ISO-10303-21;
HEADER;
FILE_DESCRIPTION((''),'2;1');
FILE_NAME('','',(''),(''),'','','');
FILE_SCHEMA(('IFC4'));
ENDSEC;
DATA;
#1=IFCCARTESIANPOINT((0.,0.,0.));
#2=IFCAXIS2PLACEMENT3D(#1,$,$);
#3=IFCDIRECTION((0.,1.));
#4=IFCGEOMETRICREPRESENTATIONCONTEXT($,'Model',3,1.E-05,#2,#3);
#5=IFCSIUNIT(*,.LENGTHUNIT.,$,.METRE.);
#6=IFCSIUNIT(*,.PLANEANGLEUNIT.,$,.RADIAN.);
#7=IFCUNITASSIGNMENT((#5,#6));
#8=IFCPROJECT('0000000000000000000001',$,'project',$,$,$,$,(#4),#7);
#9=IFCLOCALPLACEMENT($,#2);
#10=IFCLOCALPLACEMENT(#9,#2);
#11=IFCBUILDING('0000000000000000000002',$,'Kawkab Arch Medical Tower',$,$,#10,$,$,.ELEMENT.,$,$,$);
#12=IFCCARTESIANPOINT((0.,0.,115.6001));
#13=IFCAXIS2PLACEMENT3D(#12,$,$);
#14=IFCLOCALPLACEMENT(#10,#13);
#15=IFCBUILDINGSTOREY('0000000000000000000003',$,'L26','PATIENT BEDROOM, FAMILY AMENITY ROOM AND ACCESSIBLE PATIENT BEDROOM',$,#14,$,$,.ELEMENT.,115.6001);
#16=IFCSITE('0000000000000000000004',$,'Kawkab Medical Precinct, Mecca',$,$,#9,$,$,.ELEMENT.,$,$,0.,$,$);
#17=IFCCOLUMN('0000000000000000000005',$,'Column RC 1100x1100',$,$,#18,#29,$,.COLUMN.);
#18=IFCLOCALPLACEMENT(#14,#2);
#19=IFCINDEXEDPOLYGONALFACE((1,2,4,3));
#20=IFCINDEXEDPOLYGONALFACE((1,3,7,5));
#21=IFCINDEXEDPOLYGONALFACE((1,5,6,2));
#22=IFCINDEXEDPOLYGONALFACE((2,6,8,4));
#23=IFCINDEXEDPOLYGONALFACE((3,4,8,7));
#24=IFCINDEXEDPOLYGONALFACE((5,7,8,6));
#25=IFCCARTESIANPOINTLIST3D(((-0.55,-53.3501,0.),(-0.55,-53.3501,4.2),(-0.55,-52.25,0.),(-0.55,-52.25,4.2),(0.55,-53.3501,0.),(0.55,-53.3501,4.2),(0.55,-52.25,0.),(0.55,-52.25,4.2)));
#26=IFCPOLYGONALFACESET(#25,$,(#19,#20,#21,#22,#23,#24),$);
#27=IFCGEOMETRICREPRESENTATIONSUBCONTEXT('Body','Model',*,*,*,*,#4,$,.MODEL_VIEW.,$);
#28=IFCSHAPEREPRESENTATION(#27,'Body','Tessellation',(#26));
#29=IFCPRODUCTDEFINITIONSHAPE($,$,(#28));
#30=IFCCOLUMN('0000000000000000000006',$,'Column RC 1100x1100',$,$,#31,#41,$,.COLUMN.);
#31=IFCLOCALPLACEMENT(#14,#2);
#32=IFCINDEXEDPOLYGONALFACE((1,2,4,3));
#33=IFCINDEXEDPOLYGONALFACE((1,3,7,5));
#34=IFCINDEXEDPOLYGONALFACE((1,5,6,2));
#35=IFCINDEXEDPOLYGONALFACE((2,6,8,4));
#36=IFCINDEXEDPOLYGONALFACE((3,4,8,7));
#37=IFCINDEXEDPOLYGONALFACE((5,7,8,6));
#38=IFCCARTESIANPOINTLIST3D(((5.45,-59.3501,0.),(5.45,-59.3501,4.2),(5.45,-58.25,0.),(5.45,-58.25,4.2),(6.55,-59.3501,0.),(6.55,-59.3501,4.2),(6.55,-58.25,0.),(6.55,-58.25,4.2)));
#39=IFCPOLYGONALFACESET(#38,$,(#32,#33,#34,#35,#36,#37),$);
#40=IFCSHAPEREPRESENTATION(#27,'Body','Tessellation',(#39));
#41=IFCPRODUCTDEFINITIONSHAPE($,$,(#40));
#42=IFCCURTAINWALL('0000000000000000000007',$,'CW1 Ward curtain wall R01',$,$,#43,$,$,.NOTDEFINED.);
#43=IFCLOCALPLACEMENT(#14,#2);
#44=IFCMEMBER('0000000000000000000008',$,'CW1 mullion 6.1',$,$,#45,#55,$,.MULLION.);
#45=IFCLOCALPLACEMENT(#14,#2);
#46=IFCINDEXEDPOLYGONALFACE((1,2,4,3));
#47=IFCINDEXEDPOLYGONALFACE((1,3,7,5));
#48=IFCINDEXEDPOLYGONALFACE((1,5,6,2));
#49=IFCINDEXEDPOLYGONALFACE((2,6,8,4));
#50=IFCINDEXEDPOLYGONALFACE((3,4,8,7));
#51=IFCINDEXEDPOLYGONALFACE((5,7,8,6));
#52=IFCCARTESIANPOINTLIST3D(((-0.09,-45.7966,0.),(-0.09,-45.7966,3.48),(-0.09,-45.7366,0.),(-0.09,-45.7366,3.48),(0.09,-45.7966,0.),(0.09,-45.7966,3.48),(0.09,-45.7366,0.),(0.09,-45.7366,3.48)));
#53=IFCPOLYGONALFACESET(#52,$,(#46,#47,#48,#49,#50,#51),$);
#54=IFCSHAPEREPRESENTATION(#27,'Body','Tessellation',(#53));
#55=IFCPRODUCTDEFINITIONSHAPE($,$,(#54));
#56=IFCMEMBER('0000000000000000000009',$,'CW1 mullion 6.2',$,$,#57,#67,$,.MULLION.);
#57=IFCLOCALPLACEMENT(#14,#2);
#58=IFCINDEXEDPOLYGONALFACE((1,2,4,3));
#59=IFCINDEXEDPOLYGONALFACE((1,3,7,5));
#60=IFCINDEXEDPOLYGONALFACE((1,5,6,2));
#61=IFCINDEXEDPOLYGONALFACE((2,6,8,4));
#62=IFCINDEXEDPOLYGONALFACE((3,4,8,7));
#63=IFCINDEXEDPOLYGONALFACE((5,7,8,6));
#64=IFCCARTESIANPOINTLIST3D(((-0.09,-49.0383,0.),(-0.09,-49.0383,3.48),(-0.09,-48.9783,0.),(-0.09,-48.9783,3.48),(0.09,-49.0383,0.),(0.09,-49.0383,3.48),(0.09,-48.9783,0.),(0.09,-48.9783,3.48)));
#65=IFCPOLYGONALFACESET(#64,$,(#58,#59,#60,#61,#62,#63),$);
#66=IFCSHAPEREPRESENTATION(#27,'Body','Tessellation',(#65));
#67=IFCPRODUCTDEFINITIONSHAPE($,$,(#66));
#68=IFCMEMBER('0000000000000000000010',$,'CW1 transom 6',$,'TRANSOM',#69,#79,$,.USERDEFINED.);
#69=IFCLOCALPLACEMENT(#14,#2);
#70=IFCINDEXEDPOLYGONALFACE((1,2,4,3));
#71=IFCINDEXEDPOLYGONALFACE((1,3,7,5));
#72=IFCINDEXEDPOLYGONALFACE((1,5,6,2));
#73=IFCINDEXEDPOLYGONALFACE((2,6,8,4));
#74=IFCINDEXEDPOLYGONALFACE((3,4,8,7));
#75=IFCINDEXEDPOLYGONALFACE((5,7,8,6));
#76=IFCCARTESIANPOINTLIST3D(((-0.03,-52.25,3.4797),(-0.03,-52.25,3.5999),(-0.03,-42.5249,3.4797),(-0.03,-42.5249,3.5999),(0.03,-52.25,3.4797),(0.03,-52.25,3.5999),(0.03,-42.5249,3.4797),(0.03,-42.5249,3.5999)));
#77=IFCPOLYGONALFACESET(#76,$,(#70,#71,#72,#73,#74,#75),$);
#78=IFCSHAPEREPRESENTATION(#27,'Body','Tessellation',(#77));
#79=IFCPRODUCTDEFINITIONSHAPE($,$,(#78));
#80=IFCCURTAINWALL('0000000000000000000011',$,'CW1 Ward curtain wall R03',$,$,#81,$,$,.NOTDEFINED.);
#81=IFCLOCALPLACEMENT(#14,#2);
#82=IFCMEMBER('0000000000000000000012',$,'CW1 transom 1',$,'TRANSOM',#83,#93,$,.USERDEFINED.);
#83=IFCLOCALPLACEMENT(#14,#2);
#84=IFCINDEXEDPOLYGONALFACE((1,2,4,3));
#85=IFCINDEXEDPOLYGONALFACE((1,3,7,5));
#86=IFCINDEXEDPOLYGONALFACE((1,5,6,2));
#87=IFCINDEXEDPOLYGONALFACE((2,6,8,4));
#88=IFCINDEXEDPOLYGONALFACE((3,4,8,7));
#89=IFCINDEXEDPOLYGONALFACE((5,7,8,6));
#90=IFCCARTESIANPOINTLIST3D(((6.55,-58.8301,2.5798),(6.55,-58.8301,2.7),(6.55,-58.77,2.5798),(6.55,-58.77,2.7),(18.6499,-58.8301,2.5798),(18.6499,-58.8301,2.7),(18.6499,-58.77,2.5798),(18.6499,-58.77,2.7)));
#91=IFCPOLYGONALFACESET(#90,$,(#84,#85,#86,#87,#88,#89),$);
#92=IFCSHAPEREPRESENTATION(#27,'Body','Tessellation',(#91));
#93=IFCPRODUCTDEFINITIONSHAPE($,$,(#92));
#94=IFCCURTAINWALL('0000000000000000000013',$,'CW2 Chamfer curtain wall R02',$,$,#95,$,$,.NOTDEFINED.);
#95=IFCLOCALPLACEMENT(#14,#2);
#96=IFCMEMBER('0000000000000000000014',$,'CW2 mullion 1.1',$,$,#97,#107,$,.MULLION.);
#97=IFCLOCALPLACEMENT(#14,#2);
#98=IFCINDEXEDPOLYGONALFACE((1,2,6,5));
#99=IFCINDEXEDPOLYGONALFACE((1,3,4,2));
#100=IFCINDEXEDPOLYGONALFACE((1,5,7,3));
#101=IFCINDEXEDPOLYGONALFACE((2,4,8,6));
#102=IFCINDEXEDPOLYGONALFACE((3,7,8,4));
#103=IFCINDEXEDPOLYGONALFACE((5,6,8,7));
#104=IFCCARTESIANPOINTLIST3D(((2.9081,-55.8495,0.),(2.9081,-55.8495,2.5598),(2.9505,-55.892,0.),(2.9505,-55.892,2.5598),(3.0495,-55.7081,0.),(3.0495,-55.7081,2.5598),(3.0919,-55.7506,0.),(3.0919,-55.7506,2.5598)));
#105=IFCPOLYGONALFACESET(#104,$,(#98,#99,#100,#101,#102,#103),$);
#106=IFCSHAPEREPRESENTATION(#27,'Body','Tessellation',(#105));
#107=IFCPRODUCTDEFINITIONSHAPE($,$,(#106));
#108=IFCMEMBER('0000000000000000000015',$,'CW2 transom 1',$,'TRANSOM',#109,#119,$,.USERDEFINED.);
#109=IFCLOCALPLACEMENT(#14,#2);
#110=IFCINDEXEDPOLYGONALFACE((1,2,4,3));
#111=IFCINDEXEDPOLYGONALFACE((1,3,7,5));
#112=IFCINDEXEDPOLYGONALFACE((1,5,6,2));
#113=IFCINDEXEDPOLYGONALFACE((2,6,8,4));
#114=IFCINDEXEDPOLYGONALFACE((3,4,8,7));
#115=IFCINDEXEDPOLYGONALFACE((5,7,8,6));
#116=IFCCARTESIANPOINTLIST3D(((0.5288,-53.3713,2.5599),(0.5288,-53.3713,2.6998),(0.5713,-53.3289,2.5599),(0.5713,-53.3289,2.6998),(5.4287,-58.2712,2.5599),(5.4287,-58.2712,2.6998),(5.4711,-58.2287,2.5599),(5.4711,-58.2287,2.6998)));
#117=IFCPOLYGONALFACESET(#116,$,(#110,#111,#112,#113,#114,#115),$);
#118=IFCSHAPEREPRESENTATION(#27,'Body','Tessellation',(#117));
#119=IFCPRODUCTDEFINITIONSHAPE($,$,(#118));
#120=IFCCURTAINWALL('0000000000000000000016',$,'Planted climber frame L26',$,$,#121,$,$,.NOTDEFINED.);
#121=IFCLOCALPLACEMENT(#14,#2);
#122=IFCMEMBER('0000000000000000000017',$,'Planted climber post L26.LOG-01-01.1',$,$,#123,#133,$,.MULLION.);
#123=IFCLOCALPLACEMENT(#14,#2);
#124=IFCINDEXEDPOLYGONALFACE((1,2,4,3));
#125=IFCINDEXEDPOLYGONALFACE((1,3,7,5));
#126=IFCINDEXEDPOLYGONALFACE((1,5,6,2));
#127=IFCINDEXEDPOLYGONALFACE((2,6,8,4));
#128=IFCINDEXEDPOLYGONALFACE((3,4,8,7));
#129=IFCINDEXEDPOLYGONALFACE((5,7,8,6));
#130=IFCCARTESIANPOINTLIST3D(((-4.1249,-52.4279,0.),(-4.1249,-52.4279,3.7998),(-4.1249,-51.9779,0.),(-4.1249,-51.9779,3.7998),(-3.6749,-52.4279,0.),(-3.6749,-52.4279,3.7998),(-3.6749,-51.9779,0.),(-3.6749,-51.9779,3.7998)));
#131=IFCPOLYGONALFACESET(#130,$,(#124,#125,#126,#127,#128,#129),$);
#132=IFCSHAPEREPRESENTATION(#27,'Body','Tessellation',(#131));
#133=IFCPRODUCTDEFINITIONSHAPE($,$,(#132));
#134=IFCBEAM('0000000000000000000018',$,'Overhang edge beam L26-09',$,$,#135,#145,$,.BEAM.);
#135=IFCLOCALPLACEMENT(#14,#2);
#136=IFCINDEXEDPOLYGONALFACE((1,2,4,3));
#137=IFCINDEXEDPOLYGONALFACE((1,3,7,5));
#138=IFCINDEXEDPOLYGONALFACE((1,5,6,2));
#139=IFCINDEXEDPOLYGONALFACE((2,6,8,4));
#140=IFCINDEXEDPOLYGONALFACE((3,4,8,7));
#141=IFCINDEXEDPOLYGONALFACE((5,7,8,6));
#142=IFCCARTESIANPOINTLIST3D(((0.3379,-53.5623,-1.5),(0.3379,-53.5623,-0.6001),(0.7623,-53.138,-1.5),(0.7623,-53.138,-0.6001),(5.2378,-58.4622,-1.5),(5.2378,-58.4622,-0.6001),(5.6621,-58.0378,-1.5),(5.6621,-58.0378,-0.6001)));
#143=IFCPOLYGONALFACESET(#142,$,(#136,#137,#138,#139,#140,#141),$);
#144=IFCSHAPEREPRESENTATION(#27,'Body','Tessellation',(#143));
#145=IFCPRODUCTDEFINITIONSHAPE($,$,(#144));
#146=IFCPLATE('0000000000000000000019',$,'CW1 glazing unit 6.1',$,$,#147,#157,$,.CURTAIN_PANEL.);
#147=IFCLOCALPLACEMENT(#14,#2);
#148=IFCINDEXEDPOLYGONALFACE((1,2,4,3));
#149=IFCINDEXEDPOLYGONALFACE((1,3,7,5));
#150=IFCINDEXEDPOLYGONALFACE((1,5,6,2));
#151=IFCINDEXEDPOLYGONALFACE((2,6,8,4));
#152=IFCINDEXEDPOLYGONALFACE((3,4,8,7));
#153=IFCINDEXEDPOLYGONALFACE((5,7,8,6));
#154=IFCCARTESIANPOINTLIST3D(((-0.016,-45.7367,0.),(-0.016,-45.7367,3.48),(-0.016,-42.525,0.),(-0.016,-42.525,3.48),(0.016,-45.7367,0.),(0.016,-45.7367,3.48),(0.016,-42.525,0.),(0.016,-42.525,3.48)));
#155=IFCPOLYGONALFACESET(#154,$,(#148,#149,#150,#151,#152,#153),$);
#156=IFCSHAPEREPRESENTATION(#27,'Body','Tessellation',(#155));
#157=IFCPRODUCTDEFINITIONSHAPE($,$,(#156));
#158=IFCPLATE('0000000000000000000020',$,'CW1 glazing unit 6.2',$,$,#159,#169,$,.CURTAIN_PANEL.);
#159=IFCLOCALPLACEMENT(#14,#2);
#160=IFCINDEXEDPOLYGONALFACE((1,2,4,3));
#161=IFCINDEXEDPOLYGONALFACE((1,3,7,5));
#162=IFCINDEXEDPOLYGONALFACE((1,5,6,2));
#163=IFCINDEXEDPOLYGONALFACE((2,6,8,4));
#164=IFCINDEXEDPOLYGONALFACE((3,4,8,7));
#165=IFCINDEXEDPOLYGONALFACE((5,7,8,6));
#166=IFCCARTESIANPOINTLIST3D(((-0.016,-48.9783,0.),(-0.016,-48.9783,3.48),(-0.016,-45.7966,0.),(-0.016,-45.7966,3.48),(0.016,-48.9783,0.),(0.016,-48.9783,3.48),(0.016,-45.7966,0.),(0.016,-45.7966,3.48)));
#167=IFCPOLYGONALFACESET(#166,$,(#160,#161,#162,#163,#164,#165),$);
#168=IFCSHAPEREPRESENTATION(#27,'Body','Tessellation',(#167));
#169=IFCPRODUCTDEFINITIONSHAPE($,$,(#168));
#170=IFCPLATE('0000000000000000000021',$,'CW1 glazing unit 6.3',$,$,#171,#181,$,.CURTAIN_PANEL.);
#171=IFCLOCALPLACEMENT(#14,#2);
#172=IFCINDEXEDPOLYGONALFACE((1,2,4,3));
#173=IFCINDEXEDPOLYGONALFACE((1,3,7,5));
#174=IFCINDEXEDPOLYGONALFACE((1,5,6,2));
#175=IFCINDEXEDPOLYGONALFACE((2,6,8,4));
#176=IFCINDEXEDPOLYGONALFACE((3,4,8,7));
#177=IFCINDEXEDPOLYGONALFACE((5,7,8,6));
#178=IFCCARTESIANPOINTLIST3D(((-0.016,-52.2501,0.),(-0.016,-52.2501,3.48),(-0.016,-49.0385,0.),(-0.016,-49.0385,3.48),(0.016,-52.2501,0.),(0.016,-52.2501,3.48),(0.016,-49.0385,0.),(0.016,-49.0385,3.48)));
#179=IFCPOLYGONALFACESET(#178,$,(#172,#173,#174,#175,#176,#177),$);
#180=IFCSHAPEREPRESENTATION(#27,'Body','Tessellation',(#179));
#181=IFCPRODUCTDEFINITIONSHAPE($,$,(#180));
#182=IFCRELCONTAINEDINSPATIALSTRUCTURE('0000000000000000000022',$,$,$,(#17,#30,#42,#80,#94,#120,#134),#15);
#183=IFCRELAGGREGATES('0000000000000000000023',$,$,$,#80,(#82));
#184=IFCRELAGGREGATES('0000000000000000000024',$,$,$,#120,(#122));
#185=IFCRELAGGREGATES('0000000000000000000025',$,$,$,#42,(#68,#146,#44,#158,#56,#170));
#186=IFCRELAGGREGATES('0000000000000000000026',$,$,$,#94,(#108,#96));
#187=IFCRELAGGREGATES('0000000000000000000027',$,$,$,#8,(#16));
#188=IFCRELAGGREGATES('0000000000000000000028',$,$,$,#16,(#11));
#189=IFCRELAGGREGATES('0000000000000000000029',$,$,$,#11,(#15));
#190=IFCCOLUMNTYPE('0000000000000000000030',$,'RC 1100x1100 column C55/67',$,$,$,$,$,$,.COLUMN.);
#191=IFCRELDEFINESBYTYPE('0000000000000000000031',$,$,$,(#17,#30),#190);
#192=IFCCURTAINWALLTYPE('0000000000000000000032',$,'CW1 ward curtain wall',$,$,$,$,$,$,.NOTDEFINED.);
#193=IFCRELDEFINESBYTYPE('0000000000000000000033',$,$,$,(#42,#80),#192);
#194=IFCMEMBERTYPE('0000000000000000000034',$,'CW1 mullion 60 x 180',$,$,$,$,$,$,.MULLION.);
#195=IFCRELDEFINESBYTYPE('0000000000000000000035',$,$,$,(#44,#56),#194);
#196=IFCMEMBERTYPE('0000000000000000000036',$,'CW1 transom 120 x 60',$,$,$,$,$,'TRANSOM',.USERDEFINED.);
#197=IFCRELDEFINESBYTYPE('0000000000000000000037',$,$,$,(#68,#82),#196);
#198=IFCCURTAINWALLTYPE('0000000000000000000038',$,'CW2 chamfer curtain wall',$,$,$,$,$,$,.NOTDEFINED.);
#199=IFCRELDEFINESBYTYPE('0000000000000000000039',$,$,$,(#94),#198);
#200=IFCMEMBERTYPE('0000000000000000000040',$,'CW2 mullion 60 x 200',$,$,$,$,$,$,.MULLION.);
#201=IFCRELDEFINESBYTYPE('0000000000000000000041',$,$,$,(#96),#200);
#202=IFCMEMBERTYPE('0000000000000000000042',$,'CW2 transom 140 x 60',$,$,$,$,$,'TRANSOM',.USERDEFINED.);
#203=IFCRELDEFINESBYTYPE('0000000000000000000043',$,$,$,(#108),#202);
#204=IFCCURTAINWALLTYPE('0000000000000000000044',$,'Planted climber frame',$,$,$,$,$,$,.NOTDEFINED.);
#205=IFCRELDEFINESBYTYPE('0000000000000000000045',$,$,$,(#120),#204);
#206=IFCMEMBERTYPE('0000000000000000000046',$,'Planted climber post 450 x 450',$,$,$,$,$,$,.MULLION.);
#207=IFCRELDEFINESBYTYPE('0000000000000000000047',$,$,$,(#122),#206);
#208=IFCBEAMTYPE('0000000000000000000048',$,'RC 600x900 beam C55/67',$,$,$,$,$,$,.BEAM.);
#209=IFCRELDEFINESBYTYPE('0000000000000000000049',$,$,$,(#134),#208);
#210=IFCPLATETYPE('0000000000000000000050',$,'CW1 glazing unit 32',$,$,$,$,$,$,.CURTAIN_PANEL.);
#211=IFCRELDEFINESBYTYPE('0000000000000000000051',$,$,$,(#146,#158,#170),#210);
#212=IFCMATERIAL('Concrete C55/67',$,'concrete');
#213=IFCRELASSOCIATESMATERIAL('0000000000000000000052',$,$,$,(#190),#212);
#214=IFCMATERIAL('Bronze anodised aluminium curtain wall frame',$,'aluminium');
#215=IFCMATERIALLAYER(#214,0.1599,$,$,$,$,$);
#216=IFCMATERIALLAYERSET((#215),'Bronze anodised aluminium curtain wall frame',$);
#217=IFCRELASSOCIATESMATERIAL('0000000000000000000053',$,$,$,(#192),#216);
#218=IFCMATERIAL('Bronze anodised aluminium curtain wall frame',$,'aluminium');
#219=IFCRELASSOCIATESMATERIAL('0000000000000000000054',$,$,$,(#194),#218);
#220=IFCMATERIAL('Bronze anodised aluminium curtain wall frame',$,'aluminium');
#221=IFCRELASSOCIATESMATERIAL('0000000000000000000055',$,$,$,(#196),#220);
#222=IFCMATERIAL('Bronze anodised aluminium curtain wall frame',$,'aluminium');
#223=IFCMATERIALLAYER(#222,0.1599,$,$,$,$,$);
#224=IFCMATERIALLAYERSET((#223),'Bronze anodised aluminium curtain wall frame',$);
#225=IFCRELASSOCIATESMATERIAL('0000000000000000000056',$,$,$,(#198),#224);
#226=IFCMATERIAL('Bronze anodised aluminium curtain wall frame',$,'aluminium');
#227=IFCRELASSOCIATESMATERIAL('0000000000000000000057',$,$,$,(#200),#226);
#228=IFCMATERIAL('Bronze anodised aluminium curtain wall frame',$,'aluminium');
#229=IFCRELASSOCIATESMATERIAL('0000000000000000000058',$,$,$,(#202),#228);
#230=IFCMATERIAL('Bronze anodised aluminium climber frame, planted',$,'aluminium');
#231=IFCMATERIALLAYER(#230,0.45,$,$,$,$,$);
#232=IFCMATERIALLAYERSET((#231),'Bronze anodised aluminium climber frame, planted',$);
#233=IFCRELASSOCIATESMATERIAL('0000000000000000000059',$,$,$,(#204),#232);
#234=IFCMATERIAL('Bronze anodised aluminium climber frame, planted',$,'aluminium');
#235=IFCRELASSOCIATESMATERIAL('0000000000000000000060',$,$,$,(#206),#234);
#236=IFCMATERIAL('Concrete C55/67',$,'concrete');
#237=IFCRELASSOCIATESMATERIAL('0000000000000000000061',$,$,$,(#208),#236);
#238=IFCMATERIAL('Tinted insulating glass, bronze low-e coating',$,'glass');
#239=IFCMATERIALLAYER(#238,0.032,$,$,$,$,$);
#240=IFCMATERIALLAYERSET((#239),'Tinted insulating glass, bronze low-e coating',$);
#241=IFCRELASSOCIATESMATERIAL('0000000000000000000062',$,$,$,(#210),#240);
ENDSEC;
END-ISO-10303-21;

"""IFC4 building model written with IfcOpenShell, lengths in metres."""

from ifc_helpers import new_model, si_unit, direction, frame, origin, origin_2d, place, context, subcontext, project, spatial, rectangle, extrude, material, layer, layer_set, material_profile, profile_set, type_object, element, aggregate, save


model = new_model("IFC4")

# Units and contexts
model_context = context("Model", 3, precision=1e-05, world=origin(), true_north=direction((0.0, 1.0)))
body_context = subcontext(model_context, "Body", "Model", "MODEL_VIEW")
ifc_project = project(units=[si_unit("LENGTHUNIT", "METRE"), si_unit("PLANEANGLEUNIT", "RADIAN")], contexts=[model_context])

# Site, building, storey
site_placement = place(None, origin())
site = spatial("IfcSite", under=ifc_project, at=site_placement, Name="Kawkab Medical Precinct, Mecca", CompositionType="ELEMENT", RefElevation=0.0)
building_placement = place(site_placement, origin())
building = spatial("IfcBuilding", under=site, at=building_placement, Name="Kawkab Arch Medical Tower", CompositionType="ELEMENT")
storey_placement = place(building_placement, frame((0.0, 0.0, 115.6001)))
storey = spatial("IfcBuildingStorey", under=building, at=storey_placement, Name="L26", Description="PATIENT BEDROOM, FAMILY AMENITY ROOM AND ACCESSIBLE PATIENT BEDROOM", CompositionType="ELEMENT", Elevation=115.6001)

# Columns
ifc_material_1 = material(Name="Concrete C55/67", Category="concrete")
ifc_material_profile_1 = material_profile(ifc_material_1, rectangle(XDim=1.1001, YDim=1.1001, at=origin_2d()), Name="RC 1100x1100")
ifc_profile_set_1 = profile_set([ifc_material_profile_1], Name="Concrete C55/67")
column_type = type_object("IfcColumnType", Name="RC 1100x1100 column C55/67", PredefinedType="COLUMN", material=ifc_profile_set_1)
for number, where, z_axis, x_axis, name in (
    (1, (0.0, -52.8, 0.0), (0.0, 0.0, 1.0), (1.0, 0.0, 0.0), "Column RC 1100x1100"),
    (2, (6.0, -58.8, 0.0), (0.0, 0.0, 1.0), (1.0, 0.0, 0.0), "Column RC 1100x1100"),
):
    element("IfcColumn", number, at=place(storey_placement, frame(where, z_axis=z_axis, x_axis=x_axis)), inside=storey, type_object=column_type, Name=name, PredefinedType="COLUMN", context=body_context, shape_type="SweptSolid", body=[
        extrude(rectangle(XDim=1.1001, YDim=1.1001, at=origin_2d()), origin(), (0.0, 0.0, 1.0), 4.2),
    ])

# Curtain wall, members
ifc_material_2 = material(Name="Bronze anodised aluminium curtain wall frame", Category="aluminium")
ifc_layer_1 = layer(ifc_material_2, 0.1599)
ifc_layer_set_1 = layer_set([ifc_layer_1], Name="Bronze anodised aluminium curtain wall frame")
curtain_wall_type_1 = type_object("IfcCurtainWallType", Name="CW1 ward curtain wall", PredefinedType="NOTDEFINED", material=ifc_layer_set_1)
placement = place(storey_placement, origin())
curtain_wall_1 = element("IfcCurtainWall", 3, at=placement, inside=storey, type_object=curtain_wall_type_1, Name="CW1 Ward curtain wall R01", PredefinedType="NOTDEFINED")
ifc_material_3 = material(Name="Bronze anodised aluminium curtain wall frame", Category="aluminium")
ifc_material_profile_2 = material_profile(ifc_material_3, rectangle(XDim=0.1799, YDim=0.0601, at=origin_2d()), Name="AL 60x180")
ifc_profile_set_2 = profile_set([ifc_material_profile_2], Name="Bronze anodised aluminium curtain wall frame")
member_type_1 = type_object("IfcMemberType", Name="CW1 mullion 60 x 180", PredefinedType="MULLION", material=ifc_profile_set_2)
member_1_placement = place(storey_placement, frame((0.0, -45.7666, 0.0), z_axis=(0.0, 0.0, 1.0), x_axis=(1.0, 0.0, 0.0)))
member_1 = element("IfcMember", 4, at=member_1_placement, type_object=member_type_1, Name="CW1 mullion 6.1", PredefinedType="MULLION", context=body_context, shape_type="SweptSolid", body=[
    extrude(rectangle(XDim=0.1799, YDim=0.0601, at=origin_2d()), origin(), (0.0, 0.0, 1.0), 3.48),
])
member_2_placement = place(storey_placement, frame((0.0, -49.0083, 0.0), z_axis=(0.0, 0.0, 1.0), x_axis=(1.0, 0.0, 0.0)))
member_2 = element("IfcMember", 5, at=member_2_placement, type_object=member_type_1, Name="CW1 mullion 6.2", PredefinedType="MULLION", context=body_context, shape_type="SweptSolid", body=[
    extrude(rectangle(XDim=0.1799, YDim=0.0601, at=origin_2d()), origin(), (0.0, 0.0, 1.0), 3.48),
])
ifc_material_4 = material(Name="Bronze anodised aluminium curtain wall frame", Category="aluminium")
ifc_material_profile_3 = material_profile(ifc_material_4, rectangle(XDim=0.0601, YDim=0.1201, at=origin_2d()), Name="AL 60x120")
ifc_profile_set_3 = profile_set([ifc_material_profile_3], Name="Bronze anodised aluminium curtain wall frame")
member_type_2 = type_object("IfcMemberType", Name="CW1 transom 120 x 60", ElementType="TRANSOM", PredefinedType="USERDEFINED", material=ifc_profile_set_3)
member_3_placement = place(storey_placement, frame((0.0, -42.5249, 3.5398), z_axis=(0.0, -1.0, 0.0), x_axis=(1.0, 0.0, 0.0)))
member_3 = element("IfcMember", 6, at=member_3_placement, type_object=member_type_2, Name="CW1 transom 6", ObjectType="TRANSOM", PredefinedType="USERDEFINED", context=body_context, shape_type="SweptSolid", body=[
    extrude(rectangle(XDim=0.0601, YDim=0.1201, at=origin_2d()), origin(), (0.0, 0.0, 1.0), 9.7251),
])

# Curtain wall, member
curtain_wall_2 = element("IfcCurtainWall", 7, at=placement, inside=storey, type_object=curtain_wall_type_1, Name="CW1 Ward curtain wall R03", PredefinedType="NOTDEFINED")
member_4_placement = place(storey_placement, frame((6.55, -58.8, 2.6399), z_axis=(1.0, 0.0, 0.0), x_axis=(0.0, 1.0, 0.0)))
member_4 = element("IfcMember", 8, at=member_4_placement, type_object=member_type_2, Name="CW1 transom 1", ObjectType="TRANSOM", PredefinedType="USERDEFINED", context=body_context, shape_type="SweptSolid", body=[
    extrude(rectangle(XDim=0.0601, YDim=0.1201, at=origin_2d()), origin(), (0.0, 0.0, 1.0), 12.0999),
])
aggregate(curtain_wall_2, [member_4])

# Curtain wall, members
ifc_material_5 = material(Name="Bronze anodised aluminium curtain wall frame", Category="aluminium")
ifc_layer_2 = layer(ifc_material_5, 0.1599)
ifc_layer_set_2 = layer_set([ifc_layer_2], Name="Bronze anodised aluminium curtain wall frame")
curtain_wall_type_2 = type_object("IfcCurtainWallType", Name="CW2 chamfer curtain wall", PredefinedType="NOTDEFINED", material=ifc_layer_set_2)
curtain_wall_3 = element("IfcCurtainWall", 9, at=placement, inside=storey, type_object=curtain_wall_type_2, Name="CW2 Chamfer curtain wall R02", PredefinedType="NOTDEFINED")
ifc_material_6 = material(Name="Bronze anodised aluminium curtain wall frame", Category="aluminium")
ifc_material_profile_4 = material_profile(ifc_material_6, rectangle(XDim=0.2, YDim=0.0601, at=origin_2d()), Name="AL 60x200")
ifc_profile_set_4 = profile_set([ifc_material_profile_4], Name="Bronze anodised aluminium curtain wall frame")
member_type_3 = type_object("IfcMemberType", Name="CW2 mullion 60 x 200", PredefinedType="MULLION", material=ifc_profile_set_4)
member_5_placement = place(storey_placement, frame((3.0, -55.8, 0.0), z_axis=(0.0, 0.0, 1.0), x_axis=(0.707107, 0.707107, 0.0)))
member_5 = element("IfcMember", 10, at=member_5_placement, type_object=member_type_3, Name="CW2 mullion 1.1", PredefinedType="MULLION", context=body_context, shape_type="SweptSolid", body=[
    extrude(rectangle(XDim=0.2, YDim=0.0601, at=origin_2d()), origin(), (0.0, 0.0, 1.0), 2.5598),
])
ifc_material_7 = material(Name="Bronze anodised aluminium curtain wall frame", Category="aluminium")
ifc_material_profile_5 = material_profile(ifc_material_7, rectangle(XDim=0.0601, YDim=0.1399, at=origin_2d()), Name="AL 60x140")
ifc_profile_set_5 = profile_set([ifc_material_profile_5], Name="Bronze anodised aluminium curtain wall frame")
member_type_4 = type_object("IfcMemberType", Name="CW2 transom 140 x 60", ElementType="TRANSOM", PredefinedType="USERDEFINED", material=ifc_profile_set_5)
member_6_placement = place(storey_placement, frame((0.55, -53.3501, 2.6299), z_axis=(0.707107, -0.707107, 0.0), x_axis=(0.707107, 0.707107, 0.0)))
member_6 = element("IfcMember", 11, at=member_6_placement, type_object=member_type_4, Name="CW2 transom 1", ObjectType="TRANSOM", PredefinedType="USERDEFINED", context=body_context, shape_type="SweptSolid", body=[
    extrude(rectangle(XDim=0.0601, YDim=0.1399, at=origin_2d()), origin(), (0.0, 0.0, 1.0), 6.9294),
])

# Curtain wall, member
ifc_material_8 = material(Name="Bronze anodised aluminium climber frame, planted", Category="aluminium")
ifc_layer_3 = layer(ifc_material_8, 0.45)
ifc_layer_set_3 = layer_set([ifc_layer_3], Name="Bronze anodised aluminium climber frame, planted")
curtain_wall_type_3 = type_object("IfcCurtainWallType", Name="Planted climber frame", PredefinedType="NOTDEFINED", material=ifc_layer_set_3)
curtain_wall_4 = element("IfcCurtainWall", 12, at=placement, inside=storey, type_object=curtain_wall_type_3, Name="Planted climber frame L26", PredefinedType="NOTDEFINED")
ifc_material_9 = material(Name="Bronze anodised aluminium climber frame, planted", Category="aluminium")
ifc_material_profile_6 = material_profile(ifc_material_9, rectangle(XDim=0.45, YDim=0.45, at=origin_2d()), Name="Post 450x450")
ifc_profile_set_6 = profile_set([ifc_material_profile_6], Name="Bronze anodised aluminium climber frame, planted")
member_type_5 = type_object("IfcMemberType", Name="Planted climber post 450 x 450", PredefinedType="MULLION", material=ifc_profile_set_6)
member_7_placement = place(storey_placement, frame((-3.8999, -52.2029, 0.0), z_axis=(0.0, 0.0, 1.0), x_axis=(1.0, 0.0, 0.0)))
member_7 = element("IfcMember", 13, at=member_7_placement, type_object=member_type_5, Name="Planted climber post L26.LOG-01-01.1", PredefinedType="MULLION", context=body_context, shape_type="SweptSolid", body=[
    extrude(rectangle(XDim=0.45, YDim=0.45, at=origin_2d()), origin(), (0.0, 0.0, 1.0), 3.7998),
])
aggregate(curtain_wall_4, [member_7])

# Beam
ifc_material_10 = material(Name="Concrete C55/67", Category="concrete")
ifc_material_profile_7 = material_profile(ifc_material_10, rectangle(XDim=0.6001, YDim=0.8999, at=origin_2d()), Name="RC 600x900")
ifc_profile_set_7 = profile_set([ifc_material_profile_7], Name="Concrete C55/67")
beam_type = type_object("IfcBeamType", Name="RC 600x900 beam C55/67", PredefinedType="BEAM", material=ifc_profile_set_7)
beam_placement = place(storey_placement, frame((5.45, -58.25, -1.05), z_axis=(-0.707107, 0.707107, 0.0), x_axis=(-0.707107, -0.707107, 0.0)))
element("IfcBeam", 14, at=beam_placement, inside=storey, type_object=beam_type, Name="Overhang edge beam L26-09", PredefinedType="BEAM", context=body_context, shape_type="SweptSolid", body=[
    extrude(rectangle(XDim=0.6001, YDim=0.8999, at=origin_2d()), origin(), (0.0, 0.0, 1.0), 6.9294),
])

# Plates
ifc_material_11 = material(Name="Tinted insulating glass, bronze low-e coating", Category="glass")
ifc_layer_4 = layer(ifc_material_11, 0.032)
ifc_layer_set_4 = layer_set([ifc_layer_4], Name="Tinted insulating glass, bronze low-e coating")
plate_type_1 = type_object("IfcPlateType", Name="CW1 glazing unit 32", PredefinedType="CURTAIN_PANEL", material=ifc_layer_set_4)
plate_1_placement = place(storey_placement, frame((0.0, -44.1309, 0.0), z_axis=(0.0, 0.0, 1.0), x_axis=(0.0, -1.0, 0.0)))
plate_1 = element("IfcPlate", 15, at=plate_1_placement, type_object=plate_type_1, Name="CW1 glazing unit 6.1", PredefinedType="CURTAIN_PANEL", context=body_context, shape_type="SweptSolid", body=[
    extrude(rectangle(XDim=3.2117, YDim=0.032, at=origin_2d()), origin(), (0.0, 0.0, 1.0), 3.48),
])
plate_2_placement = place(storey_placement, frame((0.0, -47.3875, 0.0), z_axis=(0.0, 0.0, 1.0), x_axis=(0.0, -1.0, 0.0)))
plate_2 = element("IfcPlate", 16, at=plate_2_placement, type_object=plate_type_1, Name="CW1 glazing unit 6.2", PredefinedType="CURTAIN_PANEL", context=body_context, shape_type="SweptSolid", body=[
    extrude(rectangle(XDim=3.1816, YDim=0.032, at=origin_2d()), origin(), (0.0, 0.0, 1.0), 3.48),
])
plate_3_placement = place(storey_placement, frame((0.0, -50.6443, 0.0), z_axis=(0.0, 0.0, 1.0), x_axis=(0.0, -1.0, 0.0)))
plate_3 = element("IfcPlate", 17, at=plate_3_placement, type_object=plate_type_1, Name="CW1 glazing unit 6.3", PredefinedType="CURTAIN_PANEL", context=body_context, shape_type="SweptSolid", body=[
    extrude(rectangle(XDim=3.2117, YDim=0.032, at=origin_2d()), origin(), (0.0, 0.0, 1.0), 3.48),
])
aggregate(curtain_wall_1, [member_3, plate_1, member_1, plate_2, member_2, plate_3])
aggregate(curtain_wall_3, [member_6, member_5])

save(model, "model.ifc")
